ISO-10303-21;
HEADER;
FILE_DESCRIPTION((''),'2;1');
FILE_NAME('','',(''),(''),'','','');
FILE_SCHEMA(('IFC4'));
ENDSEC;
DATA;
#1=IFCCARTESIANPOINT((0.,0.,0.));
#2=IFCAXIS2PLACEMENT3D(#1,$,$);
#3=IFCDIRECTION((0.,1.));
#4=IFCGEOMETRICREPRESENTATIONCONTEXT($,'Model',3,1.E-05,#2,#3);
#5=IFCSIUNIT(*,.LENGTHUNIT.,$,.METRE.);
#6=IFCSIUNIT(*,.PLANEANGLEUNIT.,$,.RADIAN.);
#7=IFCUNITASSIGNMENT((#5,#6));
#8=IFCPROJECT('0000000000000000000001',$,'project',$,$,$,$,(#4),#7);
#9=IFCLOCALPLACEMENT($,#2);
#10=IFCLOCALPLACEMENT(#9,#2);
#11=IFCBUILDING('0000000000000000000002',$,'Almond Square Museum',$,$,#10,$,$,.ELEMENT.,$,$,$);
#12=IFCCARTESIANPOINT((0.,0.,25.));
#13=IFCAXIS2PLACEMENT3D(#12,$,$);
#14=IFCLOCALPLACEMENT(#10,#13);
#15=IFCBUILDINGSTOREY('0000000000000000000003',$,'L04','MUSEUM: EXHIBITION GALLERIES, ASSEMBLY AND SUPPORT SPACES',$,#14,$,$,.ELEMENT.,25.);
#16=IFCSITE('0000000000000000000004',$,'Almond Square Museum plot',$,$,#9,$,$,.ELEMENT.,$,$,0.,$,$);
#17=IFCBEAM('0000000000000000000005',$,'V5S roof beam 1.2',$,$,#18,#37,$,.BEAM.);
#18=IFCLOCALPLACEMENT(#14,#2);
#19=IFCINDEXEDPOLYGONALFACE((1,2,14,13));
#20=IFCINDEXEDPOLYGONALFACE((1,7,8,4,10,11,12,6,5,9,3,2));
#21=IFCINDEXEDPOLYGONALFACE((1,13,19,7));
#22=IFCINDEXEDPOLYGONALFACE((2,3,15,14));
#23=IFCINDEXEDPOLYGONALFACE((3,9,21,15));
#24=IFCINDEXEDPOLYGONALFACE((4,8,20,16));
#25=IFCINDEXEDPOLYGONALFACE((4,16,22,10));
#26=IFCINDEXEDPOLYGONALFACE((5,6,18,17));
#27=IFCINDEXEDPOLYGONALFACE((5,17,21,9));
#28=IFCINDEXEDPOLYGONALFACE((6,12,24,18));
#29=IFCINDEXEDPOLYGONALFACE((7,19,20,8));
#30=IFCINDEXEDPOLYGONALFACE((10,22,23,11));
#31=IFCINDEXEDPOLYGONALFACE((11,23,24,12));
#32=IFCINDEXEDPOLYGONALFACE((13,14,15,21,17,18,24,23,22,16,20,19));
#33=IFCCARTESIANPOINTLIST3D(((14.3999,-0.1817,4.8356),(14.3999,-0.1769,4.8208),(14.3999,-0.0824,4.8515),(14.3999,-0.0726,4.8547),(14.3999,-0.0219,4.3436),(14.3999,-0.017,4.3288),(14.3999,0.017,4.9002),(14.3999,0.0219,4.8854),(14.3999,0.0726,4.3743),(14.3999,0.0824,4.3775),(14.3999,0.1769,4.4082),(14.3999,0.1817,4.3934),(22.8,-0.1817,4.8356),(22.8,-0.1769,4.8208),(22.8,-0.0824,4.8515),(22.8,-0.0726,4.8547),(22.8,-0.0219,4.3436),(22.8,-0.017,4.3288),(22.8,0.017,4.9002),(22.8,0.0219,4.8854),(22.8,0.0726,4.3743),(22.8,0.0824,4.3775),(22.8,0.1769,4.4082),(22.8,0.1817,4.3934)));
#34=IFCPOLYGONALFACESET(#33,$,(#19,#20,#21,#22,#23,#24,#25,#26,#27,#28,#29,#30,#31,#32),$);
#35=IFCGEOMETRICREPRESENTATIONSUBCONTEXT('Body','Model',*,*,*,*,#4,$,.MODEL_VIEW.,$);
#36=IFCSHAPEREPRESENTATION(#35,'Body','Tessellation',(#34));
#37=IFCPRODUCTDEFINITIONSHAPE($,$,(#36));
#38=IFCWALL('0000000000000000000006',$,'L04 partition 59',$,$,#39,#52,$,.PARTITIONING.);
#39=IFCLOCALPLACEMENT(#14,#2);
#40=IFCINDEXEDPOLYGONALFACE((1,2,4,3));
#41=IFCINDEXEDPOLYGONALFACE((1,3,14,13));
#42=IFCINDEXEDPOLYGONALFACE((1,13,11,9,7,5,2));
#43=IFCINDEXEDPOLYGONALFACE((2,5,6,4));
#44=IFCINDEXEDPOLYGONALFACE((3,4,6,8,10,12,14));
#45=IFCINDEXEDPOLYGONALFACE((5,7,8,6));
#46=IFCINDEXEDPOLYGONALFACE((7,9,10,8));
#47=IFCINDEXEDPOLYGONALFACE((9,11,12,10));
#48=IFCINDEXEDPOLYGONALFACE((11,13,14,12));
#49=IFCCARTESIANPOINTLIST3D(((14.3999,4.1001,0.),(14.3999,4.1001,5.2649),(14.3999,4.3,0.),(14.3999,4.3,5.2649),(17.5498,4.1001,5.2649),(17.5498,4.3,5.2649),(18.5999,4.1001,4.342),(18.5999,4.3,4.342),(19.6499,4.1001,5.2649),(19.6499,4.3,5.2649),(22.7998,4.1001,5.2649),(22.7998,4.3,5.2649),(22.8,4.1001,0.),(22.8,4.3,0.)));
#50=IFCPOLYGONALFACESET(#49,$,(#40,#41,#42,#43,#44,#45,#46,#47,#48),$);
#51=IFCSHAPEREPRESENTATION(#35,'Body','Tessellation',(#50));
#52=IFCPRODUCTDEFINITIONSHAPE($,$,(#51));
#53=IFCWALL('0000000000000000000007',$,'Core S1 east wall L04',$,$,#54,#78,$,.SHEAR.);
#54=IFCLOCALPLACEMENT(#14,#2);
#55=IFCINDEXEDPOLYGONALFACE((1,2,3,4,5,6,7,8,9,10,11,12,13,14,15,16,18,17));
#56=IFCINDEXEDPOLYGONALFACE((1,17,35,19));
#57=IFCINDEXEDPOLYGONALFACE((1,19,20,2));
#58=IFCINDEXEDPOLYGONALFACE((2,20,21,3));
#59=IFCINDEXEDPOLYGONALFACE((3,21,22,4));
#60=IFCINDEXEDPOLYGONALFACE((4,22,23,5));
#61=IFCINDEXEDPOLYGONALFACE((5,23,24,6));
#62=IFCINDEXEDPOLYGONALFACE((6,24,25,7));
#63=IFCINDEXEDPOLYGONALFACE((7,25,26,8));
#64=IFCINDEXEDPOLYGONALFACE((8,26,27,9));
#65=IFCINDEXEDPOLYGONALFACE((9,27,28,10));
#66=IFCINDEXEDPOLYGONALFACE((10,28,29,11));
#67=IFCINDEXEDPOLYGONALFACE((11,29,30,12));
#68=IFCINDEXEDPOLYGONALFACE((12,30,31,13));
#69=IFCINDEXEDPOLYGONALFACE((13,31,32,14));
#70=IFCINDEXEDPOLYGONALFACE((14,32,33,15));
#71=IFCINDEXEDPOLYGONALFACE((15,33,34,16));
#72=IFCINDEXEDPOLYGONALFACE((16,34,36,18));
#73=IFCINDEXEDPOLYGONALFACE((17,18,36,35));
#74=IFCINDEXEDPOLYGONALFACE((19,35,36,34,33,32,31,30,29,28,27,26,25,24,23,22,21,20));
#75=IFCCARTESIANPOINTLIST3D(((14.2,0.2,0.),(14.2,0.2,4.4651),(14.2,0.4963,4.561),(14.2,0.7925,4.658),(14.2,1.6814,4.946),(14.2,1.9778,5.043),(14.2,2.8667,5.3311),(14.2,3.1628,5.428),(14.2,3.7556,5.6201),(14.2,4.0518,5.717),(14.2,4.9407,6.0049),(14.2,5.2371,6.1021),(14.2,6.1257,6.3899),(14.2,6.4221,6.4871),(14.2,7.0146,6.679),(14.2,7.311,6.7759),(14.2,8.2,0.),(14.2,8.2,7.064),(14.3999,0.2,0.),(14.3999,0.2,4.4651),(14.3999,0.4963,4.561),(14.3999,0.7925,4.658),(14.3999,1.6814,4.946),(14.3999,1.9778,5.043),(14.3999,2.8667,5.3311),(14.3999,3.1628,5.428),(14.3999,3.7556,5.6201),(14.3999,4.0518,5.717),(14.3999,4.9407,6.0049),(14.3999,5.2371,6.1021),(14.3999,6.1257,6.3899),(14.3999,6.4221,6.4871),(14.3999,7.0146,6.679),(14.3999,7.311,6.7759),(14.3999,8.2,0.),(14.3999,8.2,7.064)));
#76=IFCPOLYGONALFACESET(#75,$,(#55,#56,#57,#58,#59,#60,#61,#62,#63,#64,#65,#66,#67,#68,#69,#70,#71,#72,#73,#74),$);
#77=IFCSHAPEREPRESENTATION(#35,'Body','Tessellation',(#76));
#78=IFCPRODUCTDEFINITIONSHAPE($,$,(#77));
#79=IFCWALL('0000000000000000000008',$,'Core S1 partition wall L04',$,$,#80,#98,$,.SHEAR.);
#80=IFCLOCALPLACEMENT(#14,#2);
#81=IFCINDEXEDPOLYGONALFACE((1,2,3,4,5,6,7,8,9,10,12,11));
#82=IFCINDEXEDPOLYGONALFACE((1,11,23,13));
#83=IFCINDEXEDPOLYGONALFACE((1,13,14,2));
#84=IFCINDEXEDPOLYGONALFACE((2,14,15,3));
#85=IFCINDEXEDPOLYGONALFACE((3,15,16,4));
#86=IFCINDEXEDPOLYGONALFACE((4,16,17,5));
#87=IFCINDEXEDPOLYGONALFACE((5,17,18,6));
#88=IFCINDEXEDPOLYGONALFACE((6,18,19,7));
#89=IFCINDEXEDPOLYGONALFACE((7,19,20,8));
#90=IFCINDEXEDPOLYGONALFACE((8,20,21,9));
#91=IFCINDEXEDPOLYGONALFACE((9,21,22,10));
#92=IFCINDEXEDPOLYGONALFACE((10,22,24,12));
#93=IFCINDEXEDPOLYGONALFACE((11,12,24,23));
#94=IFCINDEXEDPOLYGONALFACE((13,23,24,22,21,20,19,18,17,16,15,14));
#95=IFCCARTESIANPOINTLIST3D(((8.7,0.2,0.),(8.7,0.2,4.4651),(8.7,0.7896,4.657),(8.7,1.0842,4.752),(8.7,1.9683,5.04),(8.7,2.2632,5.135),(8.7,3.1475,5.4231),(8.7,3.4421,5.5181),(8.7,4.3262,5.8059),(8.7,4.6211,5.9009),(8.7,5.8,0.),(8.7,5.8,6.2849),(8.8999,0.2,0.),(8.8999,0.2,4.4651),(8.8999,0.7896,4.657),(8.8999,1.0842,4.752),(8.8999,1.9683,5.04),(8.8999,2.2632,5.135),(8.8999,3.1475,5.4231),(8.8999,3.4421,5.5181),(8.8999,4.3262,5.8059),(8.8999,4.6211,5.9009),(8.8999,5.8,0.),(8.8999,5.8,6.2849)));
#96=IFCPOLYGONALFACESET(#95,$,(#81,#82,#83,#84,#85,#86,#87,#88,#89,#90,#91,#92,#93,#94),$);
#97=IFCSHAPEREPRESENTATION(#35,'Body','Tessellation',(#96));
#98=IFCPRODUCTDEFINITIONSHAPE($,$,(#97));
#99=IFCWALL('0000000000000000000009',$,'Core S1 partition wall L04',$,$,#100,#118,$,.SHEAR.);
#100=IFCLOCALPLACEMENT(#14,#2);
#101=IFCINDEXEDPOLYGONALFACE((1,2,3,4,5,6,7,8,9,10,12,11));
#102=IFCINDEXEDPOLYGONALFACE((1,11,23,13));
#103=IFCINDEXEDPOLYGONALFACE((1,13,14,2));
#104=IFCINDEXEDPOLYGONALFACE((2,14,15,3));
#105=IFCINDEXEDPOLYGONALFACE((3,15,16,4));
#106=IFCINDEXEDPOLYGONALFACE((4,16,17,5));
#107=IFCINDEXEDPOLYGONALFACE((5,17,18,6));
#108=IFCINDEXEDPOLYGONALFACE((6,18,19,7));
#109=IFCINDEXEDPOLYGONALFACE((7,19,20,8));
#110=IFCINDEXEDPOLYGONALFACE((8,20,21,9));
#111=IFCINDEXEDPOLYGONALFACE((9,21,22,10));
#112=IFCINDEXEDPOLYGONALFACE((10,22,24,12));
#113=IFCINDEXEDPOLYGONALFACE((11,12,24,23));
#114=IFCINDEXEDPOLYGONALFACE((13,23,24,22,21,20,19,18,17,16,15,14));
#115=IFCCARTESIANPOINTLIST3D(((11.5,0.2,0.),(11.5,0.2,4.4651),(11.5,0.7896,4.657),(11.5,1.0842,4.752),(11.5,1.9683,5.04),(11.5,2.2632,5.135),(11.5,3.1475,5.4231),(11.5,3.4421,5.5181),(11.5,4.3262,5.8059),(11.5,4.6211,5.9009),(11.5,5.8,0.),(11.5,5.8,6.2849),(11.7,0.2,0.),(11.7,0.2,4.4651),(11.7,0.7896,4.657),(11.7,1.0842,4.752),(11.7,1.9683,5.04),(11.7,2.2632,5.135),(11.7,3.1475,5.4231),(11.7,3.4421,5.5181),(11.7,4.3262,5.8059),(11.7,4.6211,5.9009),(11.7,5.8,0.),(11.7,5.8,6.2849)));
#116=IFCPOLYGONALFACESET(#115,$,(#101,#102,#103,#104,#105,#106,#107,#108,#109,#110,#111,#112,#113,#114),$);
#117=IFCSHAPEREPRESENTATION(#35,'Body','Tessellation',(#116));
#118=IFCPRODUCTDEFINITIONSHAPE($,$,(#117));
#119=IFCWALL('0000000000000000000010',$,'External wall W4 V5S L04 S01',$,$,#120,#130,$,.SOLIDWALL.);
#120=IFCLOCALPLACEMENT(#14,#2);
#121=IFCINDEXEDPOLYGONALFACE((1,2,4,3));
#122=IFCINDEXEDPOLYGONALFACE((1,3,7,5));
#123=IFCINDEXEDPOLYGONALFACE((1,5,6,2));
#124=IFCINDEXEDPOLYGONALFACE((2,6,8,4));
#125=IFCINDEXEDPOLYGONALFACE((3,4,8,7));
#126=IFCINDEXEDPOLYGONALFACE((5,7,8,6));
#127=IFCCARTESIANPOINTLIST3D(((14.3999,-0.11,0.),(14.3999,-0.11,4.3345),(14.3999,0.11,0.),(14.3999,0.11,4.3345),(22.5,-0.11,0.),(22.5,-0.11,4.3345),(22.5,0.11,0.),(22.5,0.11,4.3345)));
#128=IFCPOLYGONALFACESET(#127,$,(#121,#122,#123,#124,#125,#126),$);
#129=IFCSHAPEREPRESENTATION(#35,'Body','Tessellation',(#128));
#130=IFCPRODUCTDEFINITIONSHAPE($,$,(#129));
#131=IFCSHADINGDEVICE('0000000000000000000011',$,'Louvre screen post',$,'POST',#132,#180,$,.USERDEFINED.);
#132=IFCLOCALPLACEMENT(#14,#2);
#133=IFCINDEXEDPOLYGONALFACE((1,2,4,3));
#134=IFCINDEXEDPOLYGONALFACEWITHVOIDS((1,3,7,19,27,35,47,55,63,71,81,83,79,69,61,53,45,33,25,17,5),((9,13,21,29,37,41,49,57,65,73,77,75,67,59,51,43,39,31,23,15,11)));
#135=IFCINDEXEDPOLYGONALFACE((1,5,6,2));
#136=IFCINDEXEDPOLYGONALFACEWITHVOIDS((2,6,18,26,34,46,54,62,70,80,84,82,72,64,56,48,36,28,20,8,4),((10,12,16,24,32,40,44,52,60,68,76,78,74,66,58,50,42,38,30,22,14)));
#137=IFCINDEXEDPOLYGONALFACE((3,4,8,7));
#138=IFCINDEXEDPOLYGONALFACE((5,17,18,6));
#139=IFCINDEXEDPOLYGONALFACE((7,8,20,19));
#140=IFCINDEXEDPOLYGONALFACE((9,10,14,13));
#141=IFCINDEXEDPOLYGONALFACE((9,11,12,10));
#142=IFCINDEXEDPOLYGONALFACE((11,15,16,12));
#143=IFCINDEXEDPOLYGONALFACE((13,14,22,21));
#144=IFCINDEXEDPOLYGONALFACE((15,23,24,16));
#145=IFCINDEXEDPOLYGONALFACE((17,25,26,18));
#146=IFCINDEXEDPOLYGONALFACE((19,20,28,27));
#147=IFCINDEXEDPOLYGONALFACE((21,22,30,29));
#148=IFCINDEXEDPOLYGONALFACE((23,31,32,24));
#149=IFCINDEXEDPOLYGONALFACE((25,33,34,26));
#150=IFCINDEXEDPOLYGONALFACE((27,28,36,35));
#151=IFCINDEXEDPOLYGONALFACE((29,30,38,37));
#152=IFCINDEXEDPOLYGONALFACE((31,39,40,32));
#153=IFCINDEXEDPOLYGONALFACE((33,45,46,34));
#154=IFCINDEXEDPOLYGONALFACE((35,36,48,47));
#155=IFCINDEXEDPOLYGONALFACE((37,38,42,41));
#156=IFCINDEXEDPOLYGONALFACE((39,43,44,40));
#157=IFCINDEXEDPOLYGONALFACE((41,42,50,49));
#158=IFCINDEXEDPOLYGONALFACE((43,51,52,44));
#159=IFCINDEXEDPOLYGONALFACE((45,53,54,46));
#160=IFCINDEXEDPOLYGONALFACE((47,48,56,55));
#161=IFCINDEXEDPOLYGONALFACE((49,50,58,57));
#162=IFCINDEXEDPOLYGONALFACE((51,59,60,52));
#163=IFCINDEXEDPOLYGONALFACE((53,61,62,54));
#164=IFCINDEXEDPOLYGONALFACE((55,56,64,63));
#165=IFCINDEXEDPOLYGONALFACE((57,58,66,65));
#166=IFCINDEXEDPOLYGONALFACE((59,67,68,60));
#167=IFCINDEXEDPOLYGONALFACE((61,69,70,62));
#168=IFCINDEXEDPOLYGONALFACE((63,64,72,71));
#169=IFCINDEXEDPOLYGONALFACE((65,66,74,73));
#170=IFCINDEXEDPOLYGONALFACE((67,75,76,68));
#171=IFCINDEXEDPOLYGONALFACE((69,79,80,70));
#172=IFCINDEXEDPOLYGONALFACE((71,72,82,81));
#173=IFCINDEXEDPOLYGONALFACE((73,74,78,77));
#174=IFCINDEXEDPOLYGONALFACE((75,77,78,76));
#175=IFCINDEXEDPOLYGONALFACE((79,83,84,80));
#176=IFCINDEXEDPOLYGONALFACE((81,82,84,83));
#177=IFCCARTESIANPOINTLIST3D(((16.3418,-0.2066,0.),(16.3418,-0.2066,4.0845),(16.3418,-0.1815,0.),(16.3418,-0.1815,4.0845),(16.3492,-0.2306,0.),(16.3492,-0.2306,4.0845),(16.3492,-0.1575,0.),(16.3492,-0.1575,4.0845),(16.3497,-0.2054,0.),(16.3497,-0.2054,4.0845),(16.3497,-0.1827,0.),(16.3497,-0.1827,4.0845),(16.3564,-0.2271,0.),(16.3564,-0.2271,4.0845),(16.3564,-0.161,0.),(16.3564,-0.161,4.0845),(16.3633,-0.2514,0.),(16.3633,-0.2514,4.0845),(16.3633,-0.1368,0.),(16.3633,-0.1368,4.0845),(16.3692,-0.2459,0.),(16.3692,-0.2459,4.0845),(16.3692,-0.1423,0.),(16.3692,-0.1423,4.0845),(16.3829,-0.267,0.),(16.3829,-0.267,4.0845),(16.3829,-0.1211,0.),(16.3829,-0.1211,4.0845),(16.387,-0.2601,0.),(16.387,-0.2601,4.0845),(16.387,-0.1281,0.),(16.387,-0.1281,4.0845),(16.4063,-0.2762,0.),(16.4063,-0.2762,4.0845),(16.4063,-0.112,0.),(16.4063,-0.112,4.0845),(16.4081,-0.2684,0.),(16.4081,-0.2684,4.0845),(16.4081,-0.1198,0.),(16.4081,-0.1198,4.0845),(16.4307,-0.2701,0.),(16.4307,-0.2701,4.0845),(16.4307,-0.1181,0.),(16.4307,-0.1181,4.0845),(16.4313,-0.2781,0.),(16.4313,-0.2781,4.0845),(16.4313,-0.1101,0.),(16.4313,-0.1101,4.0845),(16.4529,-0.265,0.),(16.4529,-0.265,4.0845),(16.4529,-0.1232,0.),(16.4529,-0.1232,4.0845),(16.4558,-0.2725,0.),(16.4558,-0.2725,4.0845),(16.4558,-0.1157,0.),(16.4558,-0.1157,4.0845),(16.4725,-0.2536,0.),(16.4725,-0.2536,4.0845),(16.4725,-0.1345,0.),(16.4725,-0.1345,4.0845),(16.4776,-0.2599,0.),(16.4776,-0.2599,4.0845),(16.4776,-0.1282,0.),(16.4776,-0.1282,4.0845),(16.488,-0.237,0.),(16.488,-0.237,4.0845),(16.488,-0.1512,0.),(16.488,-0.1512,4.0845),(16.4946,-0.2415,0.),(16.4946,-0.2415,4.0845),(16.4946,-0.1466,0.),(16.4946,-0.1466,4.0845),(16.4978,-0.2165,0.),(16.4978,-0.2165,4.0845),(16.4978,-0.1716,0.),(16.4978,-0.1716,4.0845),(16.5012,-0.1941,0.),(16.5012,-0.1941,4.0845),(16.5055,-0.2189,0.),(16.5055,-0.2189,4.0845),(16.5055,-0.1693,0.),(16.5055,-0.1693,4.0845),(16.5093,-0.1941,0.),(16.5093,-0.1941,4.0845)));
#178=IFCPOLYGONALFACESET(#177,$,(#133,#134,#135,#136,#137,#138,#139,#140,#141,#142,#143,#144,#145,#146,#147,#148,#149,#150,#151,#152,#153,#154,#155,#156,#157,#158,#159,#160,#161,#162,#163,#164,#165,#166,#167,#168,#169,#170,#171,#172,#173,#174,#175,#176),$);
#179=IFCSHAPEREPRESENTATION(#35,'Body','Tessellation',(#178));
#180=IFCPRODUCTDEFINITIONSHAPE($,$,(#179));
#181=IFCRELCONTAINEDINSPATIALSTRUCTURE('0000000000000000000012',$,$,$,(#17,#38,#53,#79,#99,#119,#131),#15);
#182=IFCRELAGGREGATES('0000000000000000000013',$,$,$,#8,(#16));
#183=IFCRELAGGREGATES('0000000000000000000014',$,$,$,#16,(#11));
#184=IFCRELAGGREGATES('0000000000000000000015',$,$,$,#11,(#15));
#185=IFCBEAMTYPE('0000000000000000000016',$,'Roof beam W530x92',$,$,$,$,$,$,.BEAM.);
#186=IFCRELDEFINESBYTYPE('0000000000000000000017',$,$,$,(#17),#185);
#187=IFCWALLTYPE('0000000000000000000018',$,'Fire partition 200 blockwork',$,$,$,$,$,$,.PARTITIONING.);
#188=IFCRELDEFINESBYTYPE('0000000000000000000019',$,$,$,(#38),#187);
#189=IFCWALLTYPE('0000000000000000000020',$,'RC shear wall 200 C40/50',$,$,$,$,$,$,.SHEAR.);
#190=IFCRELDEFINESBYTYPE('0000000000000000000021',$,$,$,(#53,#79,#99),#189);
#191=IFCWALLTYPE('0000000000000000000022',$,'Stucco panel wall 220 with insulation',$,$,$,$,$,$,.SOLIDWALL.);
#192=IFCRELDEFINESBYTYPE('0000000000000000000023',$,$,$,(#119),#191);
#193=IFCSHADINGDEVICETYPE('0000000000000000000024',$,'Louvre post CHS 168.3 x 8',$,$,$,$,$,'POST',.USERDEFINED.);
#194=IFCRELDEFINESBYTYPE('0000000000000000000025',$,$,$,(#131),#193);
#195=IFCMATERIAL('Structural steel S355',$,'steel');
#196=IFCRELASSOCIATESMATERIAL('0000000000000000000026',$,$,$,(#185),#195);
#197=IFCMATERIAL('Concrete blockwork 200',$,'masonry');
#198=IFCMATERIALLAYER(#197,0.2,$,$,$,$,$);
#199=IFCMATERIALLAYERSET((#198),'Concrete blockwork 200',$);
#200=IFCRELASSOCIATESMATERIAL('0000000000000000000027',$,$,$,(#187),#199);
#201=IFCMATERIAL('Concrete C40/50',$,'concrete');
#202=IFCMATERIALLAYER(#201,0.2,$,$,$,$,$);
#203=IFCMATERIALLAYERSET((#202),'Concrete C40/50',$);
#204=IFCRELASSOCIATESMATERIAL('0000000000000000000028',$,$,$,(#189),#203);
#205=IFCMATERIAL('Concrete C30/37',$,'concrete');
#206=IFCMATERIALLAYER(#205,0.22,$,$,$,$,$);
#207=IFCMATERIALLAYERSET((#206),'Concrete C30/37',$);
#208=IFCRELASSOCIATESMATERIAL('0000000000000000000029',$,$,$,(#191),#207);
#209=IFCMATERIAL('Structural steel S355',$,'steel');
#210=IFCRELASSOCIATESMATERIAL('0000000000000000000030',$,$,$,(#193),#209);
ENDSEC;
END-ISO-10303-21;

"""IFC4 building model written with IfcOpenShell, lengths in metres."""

from ifc_helpers import new_model, si_unit, direction, frame, frame_2d, origin, origin_2d, place, context, subcontext, project, spatial, polyline, rectangle, hollow_circle, i_section, outline, extrude, material, layer, layer_set, material_profile, profile_set, type_object, element, save


model = new_model("IFC4")

# Units and contexts
model_context = context("Model", 3, precision=1e-05, world=origin(), true_north=direction((0.0, 1.0)))
body_context = subcontext(model_context, "Body", "Model", "MODEL_VIEW")
ifc_project = project(units=[si_unit("LENGTHUNIT", "METRE"), si_unit("PLANEANGLEUNIT", "RADIAN")], contexts=[model_context])

# Site, building, storey
site_placement = place(None, origin())
site = spatial("IfcSite", under=ifc_project, at=site_placement, Name="Almond Square Museum plot", CompositionType="ELEMENT", RefElevation=0.0)
building_placement = place(site_placement, origin())
building = spatial("IfcBuilding", under=site, at=building_placement, Name="Almond Square Museum", CompositionType="ELEMENT")
storey_placement = place(building_placement, frame((0.0, 0.0, 25.0)))
storey = spatial("IfcBuildingStorey", under=building, at=storey_placement, Name="L04", Description="MUSEUM: EXHIBITION GALLERIES, ASSEMBLY AND SUPPORT SPACES", CompositionType="ELEMENT", Elevation=25.0)

# Beam
ifc_material_1 = material(Name="Structural steel S355", Category="steel")
ifc_material_profile_1 = material_profile(ifc_material_1, i_section(OverallWidth=0.209, OverallDepth=0.533, WebThickness=0.0103, FlangeThickness=0.0156, at=origin_2d()))
ifc_profile_set_1 = profile_set([ifc_material_profile_1], Name="Structural steel S355")
beam_type_1 = type_object("IfcBeamType", Name="Roof beam W530x92", PredefinedType="BEAM", material=ifc_profile_set_1)
beam_1_placement = place(storey_placement, frame((14.3999, 0.0, 4.6145), z_axis=(1.0, 0.0, 0.0), x_axis=(0.0, 0.951057, 0.309017)))
element("IfcBeam", 1, at=beam_1_placement, inside=storey, type_object=beam_type_1, Name="V5S roof beam 1.2", PredefinedType="BEAM", context=body_context, shape_type="SweptSolid", body=[
    extrude(i_section(OverallWidth=0.209, OverallDepth=0.533, WebThickness=0.0103, FlangeThickness=0.0156, at=origin_2d()), origin(), (0.0, 0.0, 1.0), 8.4001),
])

# Walls
ifc_material_2 = material(Name="Concrete blockwork 200", Category="masonry")
ifc_layer_1 = layer(ifc_material_2, 0.2)
ifc_layer_set_1 = layer_set([ifc_layer_1], Name="Concrete blockwork 200")
wall_type_1 = type_object("IfcWallType", Name="Fire partition 200 blockwork", PredefinedType="PARTITIONING", material=ifc_layer_set_1)
wall_1_placement = place(storey_placement, frame((14.3999, 4.2, 0.0), z_axis=(0.0, 0.0, 1.0), x_axis=(1.0, 0.0, 0.0)))
element("IfcWall", 2, at=wall_1_placement, inside=storey, type_object=wall_type_1, Name="L04 partition 59", PredefinedType="PARTITIONING", context=body_context, shape_type="SweptSolid", body=[
    extrude(outline(polyline([(0.0, 0.0), (8.4001, 0.0), (8.3999, 5.2649), (5.25, 5.2649), (4.2, 4.342), (3.1499, 5.2649), (0.0, 5.2649), (0.0, 0.0)])), frame((0.0, 0.1001, 0.0), z_axis=(0.0, -1.0, 0.0), x_axis=(1.0, 0.0, 0.0)), (0.0, 0.0, 1.0), 0.2),
])
ifc_material_3 = material(Name="Concrete C40/50", Category="concrete")
ifc_layer_2 = layer(ifc_material_3, 0.2)
ifc_layer_set_2 = layer_set([ifc_layer_2], Name="Concrete C40/50")
wall_type_2 = type_object("IfcWallType", Name="RC shear wall 200 C40/50", PredefinedType="SHEAR", material=ifc_layer_set_2)
wall_2_placement = place(storey_placement, frame((14.3, 0.2, 0.0), z_axis=(0.0, 0.0, 1.0), x_axis=(0.0, 1.0, 0.0)))
element("IfcWall", 3, at=wall_2_placement, inside=storey, type_object=wall_type_2, Name="Core S1 east wall L04", PredefinedType="SHEAR", context=body_context, shape_type="SweptSolid", body=[
    extrude(outline(polyline([(0.0, 0.0), (8.0, 0.0), (8.0, 7.064), (7.1111, 6.7759), (6.8147, 6.679), (6.2222, 6.4871), (5.9258, 6.3899), (5.0371, 6.1021), (4.7407, 6.0049), (3.8518, 5.717), (3.5557, 5.6201), (2.9629, 5.428), (2.6667, 5.3311), (1.7778, 5.043), (1.4814, 4.946), (0.5925, 4.658), (0.2964, 4.561), (0.0, 4.4651), (0.0, 0.0)])), frame((0.0, 0.1001, 0.0), z_axis=(0.0, -1.0, 0.0), x_axis=(1.0, 0.0, 0.0)), (0.0, 0.0, 1.0), 0.2),
])
for number, where, z_axis, x_axis, name in (
    (4, (8.8, 0.2, 0.0), (0.0, 0.0, 1.0), (0.0, 1.0, 0.0), "Core S1 partition wall L04"),
    (5, (11.6001, 0.2, 0.0), (0.0, 0.0, 1.0), (0.0, 1.0, 0.0), "Core S1 partition wall L04"),
):
    element("IfcWall", number, at=place(storey_placement, frame(where, z_axis=z_axis, x_axis=x_axis)), inside=storey, type_object=wall_type_2, Name=name, PredefinedType="SHEAR", context=body_context, shape_type="SweptSolid", body=[
        extrude(outline(polyline([(0.0, 0.0), (5.6001, 0.0), (5.6001, 6.2849), (4.4211, 5.9009), (4.1262, 5.8059), (3.2422, 5.5181), (2.9475, 5.4231), (2.0632, 5.135), (1.7683, 5.04), (0.8843, 4.752), (0.5896, 4.657), (0.0, 4.4651), (0.0, 0.0)])), frame((0.0, 0.1001, 0.0), z_axis=(0.0, -1.0, 0.0), x_axis=(1.0, 0.0, 0.0)), (0.0, 0.0, 1.0), 0.2),
    ])
ifc_material_4 = material(Name="Concrete C30/37", Category="concrete")
ifc_layer_3 = layer(ifc_material_4, 0.22)
ifc_layer_set_3 = layer_set([ifc_layer_3], Name="Concrete C30/37")
wall_type_3 = type_object("IfcWallType", Name="Stucco panel wall 220 with insulation", PredefinedType="SOLIDWALL", material=ifc_layer_set_3)
wall_3_placement = place(storey_placement, frame((14.3999, 0.0, 0.0), z_axis=(0.0, 0.0, 1.0), x_axis=(1.0, 0.0, 0.0)))
element("IfcWall", 6, at=wall_3_placement, inside=storey, type_object=wall_type_3, Name="External wall W4 V5S L04 S01", PredefinedType="SOLIDWALL", context=body_context, shape_type="SweptSolid", body=[
    extrude(rectangle(XDim=8.1001, YDim=0.22, at=frame_2d((4.05, 0.0))), origin(), (0.0, 0.0, 1.0), 4.3345),
])

# Shading device
ifc_material_5 = material(Name="Structural steel S355", Category="steel")
ifc_material_profile_2 = material_profile(ifc_material_5, hollow_circle(Radius=0.0842, WallThickness=0.0081, at=origin_2d()))
ifc_profile_set_2 = profile_set([ifc_material_profile_2], Name="Structural steel S355")
shading_device_type = type_object("IfcShadingDeviceType", Name="Louvre post CHS 168.3 x 8", ElementType="POST", PredefinedType="USERDEFINED", material=ifc_profile_set_2)
for number, where, z_axis, x_axis, name in (
    (7, (16.425, -0.1941, 0.0), (0.0, 0.0, 1.0), (1.0, 0.0, 0.0), "Louvre screen post"),
):
    element("IfcShadingDevice", number, at=place(storey_placement, frame(where, z_axis=z_axis, x_axis=x_axis)), inside=storey, type_object=shading_device_type, Name=name, ObjectType="POST", PredefinedType="USERDEFINED", context=body_context, shape_type="SweptSolid", body=[
        extrude(hollow_circle(Radius=0.0842, WallThickness=0.0081, at=origin_2d()), origin(), (0.0, 0.0, 1.0), 4.0845),
    ])

save(model, "model.ifc")
